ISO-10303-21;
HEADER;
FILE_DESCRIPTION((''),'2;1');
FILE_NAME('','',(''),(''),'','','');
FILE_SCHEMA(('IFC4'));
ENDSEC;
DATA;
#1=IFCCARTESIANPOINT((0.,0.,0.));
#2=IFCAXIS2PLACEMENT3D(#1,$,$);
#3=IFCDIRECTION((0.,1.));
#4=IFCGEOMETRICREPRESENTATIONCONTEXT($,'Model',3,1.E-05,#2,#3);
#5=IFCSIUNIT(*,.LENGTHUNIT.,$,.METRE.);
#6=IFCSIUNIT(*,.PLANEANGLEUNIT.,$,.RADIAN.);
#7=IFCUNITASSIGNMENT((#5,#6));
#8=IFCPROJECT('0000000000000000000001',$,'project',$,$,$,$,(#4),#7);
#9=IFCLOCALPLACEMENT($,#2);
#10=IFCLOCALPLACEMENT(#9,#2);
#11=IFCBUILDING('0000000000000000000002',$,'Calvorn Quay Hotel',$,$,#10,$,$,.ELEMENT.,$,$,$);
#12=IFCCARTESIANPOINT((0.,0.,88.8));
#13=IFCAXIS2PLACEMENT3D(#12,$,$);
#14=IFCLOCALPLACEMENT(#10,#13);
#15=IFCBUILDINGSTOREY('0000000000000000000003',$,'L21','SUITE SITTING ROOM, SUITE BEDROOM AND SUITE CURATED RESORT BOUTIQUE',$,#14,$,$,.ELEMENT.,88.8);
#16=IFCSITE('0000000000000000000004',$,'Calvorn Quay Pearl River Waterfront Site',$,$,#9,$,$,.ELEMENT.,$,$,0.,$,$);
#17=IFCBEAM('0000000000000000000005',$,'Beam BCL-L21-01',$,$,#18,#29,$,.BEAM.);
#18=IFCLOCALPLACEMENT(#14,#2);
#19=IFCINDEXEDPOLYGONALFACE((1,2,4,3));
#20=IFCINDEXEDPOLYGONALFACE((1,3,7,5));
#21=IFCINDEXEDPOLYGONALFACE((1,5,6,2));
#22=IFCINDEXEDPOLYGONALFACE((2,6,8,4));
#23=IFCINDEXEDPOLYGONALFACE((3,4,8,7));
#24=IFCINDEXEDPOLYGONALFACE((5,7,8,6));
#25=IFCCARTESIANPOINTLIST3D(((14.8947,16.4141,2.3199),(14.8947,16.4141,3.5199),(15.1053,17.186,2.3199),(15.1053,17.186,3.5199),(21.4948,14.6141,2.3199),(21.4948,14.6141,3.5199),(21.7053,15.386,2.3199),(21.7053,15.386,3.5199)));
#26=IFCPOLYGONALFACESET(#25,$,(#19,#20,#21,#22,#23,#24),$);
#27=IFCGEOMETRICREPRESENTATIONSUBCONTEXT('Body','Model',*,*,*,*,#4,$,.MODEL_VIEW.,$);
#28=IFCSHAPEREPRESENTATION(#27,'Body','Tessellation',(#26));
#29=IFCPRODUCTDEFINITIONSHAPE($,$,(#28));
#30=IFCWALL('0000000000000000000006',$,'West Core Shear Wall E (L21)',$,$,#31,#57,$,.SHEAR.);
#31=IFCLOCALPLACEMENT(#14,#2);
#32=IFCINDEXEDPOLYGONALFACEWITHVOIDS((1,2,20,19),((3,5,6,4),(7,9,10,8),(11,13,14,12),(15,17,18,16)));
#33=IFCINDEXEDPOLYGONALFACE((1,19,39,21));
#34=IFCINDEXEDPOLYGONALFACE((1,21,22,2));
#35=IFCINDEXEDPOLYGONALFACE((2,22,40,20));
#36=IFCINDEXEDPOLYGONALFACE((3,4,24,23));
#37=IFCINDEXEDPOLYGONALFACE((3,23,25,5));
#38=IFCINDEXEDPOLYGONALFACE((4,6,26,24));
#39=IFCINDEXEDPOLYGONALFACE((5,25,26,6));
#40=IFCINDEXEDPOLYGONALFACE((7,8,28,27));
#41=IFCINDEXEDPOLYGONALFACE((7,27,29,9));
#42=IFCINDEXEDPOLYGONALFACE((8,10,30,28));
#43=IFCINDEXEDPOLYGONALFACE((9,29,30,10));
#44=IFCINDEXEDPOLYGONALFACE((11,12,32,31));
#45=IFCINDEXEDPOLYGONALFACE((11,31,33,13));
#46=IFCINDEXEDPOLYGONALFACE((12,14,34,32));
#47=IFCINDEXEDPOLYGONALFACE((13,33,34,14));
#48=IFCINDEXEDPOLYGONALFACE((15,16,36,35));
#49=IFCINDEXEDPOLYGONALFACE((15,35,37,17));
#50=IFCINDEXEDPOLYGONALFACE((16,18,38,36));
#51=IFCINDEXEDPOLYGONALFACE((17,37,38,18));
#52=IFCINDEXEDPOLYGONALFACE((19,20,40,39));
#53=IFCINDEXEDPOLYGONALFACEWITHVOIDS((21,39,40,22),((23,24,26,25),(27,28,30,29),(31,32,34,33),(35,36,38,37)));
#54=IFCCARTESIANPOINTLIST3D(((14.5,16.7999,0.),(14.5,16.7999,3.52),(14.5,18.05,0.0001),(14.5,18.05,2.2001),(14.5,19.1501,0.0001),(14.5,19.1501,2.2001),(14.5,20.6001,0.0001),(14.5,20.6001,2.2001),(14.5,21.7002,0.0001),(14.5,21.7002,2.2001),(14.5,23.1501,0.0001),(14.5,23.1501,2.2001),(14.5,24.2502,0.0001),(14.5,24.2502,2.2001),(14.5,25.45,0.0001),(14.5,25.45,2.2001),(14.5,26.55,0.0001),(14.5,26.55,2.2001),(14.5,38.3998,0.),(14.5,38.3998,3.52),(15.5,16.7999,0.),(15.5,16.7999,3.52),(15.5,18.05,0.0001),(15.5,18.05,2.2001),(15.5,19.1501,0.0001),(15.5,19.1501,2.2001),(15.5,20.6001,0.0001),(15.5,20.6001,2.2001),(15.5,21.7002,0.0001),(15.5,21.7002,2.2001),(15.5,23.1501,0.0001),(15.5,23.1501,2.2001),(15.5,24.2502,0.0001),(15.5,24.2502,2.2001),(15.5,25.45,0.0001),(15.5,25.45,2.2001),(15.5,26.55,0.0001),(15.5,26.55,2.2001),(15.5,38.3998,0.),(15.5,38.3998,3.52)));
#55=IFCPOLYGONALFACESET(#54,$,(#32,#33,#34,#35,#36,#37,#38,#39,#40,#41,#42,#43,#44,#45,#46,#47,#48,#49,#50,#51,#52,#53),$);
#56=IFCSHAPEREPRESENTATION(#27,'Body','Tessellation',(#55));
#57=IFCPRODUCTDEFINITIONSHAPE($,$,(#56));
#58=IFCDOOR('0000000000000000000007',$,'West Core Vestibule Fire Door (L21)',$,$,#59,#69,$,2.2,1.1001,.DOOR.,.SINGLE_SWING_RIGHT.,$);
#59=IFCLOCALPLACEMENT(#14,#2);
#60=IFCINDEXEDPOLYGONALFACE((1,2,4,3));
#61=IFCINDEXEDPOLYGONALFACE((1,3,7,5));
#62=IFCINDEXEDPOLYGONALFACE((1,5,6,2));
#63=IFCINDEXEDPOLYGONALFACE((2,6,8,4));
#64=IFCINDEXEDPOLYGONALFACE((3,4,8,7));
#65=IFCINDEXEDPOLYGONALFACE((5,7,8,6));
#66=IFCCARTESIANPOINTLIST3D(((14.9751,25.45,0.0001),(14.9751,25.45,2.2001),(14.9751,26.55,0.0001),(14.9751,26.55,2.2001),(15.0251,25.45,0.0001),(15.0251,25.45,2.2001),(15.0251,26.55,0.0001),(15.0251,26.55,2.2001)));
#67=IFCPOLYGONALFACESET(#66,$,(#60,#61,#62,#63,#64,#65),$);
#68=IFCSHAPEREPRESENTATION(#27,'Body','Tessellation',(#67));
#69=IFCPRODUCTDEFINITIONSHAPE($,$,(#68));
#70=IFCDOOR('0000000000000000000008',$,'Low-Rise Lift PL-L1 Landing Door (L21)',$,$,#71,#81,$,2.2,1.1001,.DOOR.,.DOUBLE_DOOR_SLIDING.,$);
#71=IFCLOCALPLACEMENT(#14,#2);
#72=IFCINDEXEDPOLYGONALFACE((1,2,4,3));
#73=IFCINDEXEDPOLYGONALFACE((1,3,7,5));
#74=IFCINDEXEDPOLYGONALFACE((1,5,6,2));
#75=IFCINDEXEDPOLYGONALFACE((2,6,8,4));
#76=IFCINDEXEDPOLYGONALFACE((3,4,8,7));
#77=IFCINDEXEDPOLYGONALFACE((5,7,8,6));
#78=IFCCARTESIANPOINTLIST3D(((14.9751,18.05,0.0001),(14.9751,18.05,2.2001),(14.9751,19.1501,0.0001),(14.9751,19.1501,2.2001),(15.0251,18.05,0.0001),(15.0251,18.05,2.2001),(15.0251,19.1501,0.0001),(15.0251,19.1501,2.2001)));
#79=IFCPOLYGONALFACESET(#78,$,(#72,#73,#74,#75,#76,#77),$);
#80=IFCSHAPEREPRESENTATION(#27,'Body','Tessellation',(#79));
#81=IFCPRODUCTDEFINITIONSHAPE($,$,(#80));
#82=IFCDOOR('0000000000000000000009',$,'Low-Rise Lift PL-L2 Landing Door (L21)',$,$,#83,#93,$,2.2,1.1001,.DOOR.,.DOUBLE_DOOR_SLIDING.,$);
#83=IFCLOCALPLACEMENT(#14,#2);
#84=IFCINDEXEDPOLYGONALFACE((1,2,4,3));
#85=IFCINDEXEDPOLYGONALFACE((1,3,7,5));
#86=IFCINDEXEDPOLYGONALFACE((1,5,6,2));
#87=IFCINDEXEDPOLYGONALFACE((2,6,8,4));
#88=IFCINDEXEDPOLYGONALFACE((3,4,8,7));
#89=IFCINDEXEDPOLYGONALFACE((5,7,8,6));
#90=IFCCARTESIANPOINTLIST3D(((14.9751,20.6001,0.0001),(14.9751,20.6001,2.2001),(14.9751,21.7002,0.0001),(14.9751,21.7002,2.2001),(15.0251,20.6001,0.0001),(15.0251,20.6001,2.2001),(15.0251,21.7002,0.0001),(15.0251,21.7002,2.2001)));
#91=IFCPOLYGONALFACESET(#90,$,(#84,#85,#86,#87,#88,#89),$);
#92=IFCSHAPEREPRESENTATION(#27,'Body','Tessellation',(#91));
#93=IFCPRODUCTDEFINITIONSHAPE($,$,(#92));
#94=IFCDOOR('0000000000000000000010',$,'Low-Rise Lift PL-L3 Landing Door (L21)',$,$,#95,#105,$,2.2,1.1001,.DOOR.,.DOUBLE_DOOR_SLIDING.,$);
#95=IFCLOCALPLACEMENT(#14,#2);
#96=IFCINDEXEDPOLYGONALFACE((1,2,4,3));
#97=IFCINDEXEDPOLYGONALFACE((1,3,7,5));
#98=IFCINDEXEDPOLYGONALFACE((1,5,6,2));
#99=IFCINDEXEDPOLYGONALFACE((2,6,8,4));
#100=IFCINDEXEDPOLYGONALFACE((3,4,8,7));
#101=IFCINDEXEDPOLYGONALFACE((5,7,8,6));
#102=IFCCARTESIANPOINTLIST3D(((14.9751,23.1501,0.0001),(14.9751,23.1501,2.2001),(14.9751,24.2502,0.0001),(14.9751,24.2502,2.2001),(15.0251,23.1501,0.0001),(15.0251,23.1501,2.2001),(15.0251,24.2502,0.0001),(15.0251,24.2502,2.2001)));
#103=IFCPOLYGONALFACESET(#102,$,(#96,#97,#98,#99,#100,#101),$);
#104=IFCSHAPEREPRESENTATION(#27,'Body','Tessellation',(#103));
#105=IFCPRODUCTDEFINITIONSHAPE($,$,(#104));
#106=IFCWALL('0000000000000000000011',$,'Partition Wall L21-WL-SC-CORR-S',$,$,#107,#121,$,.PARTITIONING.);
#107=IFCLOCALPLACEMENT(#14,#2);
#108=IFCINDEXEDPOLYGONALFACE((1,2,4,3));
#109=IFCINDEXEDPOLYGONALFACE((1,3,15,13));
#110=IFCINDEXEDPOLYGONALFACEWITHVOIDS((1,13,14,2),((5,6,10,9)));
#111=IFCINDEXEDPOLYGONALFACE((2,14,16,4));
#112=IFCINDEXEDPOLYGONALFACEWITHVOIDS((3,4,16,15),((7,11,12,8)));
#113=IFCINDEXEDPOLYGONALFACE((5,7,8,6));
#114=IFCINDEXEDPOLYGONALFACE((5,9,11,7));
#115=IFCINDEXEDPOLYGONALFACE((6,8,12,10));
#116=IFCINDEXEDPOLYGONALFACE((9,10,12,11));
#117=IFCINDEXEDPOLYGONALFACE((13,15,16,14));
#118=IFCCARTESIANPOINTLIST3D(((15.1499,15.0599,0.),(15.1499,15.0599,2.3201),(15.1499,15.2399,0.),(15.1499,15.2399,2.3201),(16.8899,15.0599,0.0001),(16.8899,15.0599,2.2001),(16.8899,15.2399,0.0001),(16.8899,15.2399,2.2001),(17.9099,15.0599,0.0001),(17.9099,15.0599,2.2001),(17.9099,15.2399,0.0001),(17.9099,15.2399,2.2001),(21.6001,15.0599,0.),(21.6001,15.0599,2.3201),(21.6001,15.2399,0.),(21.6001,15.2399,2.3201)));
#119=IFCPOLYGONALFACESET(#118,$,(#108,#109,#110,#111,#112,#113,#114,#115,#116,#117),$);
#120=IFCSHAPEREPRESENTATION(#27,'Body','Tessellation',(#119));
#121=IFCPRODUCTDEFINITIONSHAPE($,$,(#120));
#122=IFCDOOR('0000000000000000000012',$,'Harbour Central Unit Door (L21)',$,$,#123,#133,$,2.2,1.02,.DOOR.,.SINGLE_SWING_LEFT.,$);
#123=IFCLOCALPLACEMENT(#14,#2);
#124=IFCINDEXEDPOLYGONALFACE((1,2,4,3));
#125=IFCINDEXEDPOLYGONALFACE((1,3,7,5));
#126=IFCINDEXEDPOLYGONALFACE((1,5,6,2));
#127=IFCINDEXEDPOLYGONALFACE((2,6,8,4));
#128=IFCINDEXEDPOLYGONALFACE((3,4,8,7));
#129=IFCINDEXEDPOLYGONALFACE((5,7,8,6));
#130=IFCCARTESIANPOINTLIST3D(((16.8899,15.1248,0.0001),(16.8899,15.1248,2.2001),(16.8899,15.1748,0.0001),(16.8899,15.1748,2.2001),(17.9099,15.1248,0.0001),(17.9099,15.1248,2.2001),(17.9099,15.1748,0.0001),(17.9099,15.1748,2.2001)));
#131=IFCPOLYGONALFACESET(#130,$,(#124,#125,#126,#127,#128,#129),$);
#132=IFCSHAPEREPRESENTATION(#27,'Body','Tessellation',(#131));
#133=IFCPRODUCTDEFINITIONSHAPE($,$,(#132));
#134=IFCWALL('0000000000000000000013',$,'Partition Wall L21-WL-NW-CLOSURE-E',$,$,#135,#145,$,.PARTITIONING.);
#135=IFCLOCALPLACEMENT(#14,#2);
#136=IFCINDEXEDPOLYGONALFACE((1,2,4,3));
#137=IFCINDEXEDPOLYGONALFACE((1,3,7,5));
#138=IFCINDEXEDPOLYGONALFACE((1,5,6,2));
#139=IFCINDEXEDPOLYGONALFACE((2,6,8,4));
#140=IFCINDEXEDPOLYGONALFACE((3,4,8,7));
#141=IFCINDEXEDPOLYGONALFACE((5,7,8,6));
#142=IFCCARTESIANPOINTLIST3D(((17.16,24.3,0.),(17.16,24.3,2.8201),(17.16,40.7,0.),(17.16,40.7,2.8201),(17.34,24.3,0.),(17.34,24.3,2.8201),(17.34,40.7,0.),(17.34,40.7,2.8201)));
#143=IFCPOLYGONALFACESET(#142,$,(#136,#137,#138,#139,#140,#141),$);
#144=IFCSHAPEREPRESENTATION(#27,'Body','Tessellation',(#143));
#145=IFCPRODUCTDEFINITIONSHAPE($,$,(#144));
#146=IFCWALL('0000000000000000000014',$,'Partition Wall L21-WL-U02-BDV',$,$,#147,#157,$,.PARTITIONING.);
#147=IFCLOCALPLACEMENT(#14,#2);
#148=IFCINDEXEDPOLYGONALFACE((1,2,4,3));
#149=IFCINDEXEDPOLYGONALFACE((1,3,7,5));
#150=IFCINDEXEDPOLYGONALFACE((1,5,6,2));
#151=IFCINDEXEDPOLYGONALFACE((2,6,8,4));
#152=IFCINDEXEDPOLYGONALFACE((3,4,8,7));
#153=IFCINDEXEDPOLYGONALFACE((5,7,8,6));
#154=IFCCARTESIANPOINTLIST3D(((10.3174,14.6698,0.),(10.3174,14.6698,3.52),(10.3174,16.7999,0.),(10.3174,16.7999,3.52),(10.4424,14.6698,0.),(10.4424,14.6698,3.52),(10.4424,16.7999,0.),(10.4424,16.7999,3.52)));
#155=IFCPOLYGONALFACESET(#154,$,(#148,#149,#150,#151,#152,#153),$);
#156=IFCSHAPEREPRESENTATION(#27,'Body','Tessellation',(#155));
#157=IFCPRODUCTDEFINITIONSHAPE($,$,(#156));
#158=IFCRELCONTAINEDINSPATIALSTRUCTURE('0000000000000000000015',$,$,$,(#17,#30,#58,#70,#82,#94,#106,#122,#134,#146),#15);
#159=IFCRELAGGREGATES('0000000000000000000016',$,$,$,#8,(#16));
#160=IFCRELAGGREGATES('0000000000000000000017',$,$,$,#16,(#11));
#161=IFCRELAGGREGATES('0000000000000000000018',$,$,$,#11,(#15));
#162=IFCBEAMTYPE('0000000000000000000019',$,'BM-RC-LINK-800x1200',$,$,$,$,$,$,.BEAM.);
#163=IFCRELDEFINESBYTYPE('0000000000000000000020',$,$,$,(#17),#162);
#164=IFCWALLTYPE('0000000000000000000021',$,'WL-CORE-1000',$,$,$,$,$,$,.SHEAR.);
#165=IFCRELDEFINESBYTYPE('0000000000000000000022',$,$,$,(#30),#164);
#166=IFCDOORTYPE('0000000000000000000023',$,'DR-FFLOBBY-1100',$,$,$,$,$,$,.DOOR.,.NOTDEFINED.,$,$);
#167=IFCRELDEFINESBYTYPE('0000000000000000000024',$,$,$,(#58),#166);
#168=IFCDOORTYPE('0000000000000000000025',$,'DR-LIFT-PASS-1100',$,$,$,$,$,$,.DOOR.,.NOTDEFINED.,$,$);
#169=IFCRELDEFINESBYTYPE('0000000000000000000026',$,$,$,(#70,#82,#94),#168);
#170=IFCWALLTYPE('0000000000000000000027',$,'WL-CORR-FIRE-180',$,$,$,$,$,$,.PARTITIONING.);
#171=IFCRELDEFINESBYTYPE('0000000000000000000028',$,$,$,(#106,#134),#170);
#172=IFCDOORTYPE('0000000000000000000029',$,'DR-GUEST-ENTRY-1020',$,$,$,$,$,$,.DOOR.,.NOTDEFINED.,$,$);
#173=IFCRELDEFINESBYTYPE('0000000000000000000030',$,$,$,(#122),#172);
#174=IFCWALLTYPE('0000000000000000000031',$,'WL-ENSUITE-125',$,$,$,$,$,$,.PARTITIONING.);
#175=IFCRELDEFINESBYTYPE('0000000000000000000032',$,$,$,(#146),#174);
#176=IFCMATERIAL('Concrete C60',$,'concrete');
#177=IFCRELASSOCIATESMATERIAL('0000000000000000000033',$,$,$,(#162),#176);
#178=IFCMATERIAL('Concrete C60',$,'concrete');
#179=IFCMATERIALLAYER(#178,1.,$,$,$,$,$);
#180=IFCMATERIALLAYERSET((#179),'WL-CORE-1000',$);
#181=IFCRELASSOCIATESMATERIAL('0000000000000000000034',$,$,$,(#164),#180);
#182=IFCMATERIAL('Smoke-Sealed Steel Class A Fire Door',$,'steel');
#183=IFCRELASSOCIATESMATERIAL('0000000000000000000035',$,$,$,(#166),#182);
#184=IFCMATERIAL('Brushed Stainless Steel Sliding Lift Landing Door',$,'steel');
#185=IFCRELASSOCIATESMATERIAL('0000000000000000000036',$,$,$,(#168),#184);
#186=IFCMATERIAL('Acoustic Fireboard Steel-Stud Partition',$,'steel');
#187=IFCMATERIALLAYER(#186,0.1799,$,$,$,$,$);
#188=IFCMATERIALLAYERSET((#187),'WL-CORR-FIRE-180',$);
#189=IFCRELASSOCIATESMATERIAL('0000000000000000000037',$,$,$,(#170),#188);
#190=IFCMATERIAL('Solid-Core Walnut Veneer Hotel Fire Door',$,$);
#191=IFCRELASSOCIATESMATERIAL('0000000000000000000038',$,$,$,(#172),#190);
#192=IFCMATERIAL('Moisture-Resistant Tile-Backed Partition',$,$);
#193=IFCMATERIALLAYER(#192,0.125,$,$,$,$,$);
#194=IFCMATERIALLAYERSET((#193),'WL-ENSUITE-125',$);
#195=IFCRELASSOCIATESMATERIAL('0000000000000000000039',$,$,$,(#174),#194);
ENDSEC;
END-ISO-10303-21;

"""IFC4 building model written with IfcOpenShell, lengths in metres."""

from ifc_helpers import new_model, si_unit, direction, frame, frame_2d, origin, origin_2d, place, context, subcontext, project, spatial, rectangle, extrude, material, layer, layer_set, material_profile, profile_set, type_object, element, fill, save


model = new_model("IFC4")

# Units and contexts
model_context = context("Model", 3, precision=1e-05, world=origin(), true_north=direction((0.0, 1.0)))
body_context = subcontext(model_context, "Body", "Model", "MODEL_VIEW")
ifc_project = project(units=[si_unit("LENGTHUNIT", "METRE"), si_unit("PLANEANGLEUNIT", "RADIAN")], contexts=[model_context])

# Site, building, storey
site_placement = place(None, origin())
site = spatial("IfcSite", under=ifc_project, at=site_placement, Name="Calvorn Quay Pearl River Waterfront Site", CompositionType="ELEMENT", RefElevation=0.0)
building_placement = place(site_placement, origin())
building = spatial("IfcBuilding", under=site, at=building_placement, Name="Calvorn Quay Hotel", CompositionType="ELEMENT")
storey_placement = place(building_placement, frame((0.0, 0.0, 88.8)))
storey = spatial("IfcBuildingStorey", under=building, at=storey_placement, Name="L21", Description="SUITE SITTING ROOM, SUITE BEDROOM AND SUITE CURATED RESORT BOUTIQUE", CompositionType="ELEMENT", Elevation=88.8)

# Beam
ifc_material_1 = material(Name="Concrete C60", Category="concrete")
ifc_material_profile = material_profile(ifc_material_1, rectangle(XDim=0.8, YDim=1.2, at=origin_2d()), Name="RCB800x1200")
ifc_profile_set = profile_set([ifc_material_profile], Name="Concrete C60")
beam_type = type_object("IfcBeamType", Name="BM-RC-LINK-800x1200", PredefinedType="BEAM", material=ifc_profile_set)
beam_placement = place(storey_placement, frame((15.0, 16.8, 2.9199), z_axis=(0.964763, -0.26312, 0.0), x_axis=(0.26312, 0.964763, 0.0)))
element("IfcBeam", 1, at=beam_placement, inside=storey, type_object=beam_type, Name="Beam BCL-L21-01", PredefinedType="BEAM", context=body_context, shape_type="SweptSolid", body=[
    extrude(rectangle(XDim=0.8, YDim=1.2, at=origin_2d()), origin(), (0.0, 0.0, 1.0), 6.8411),
])

# Wall, openings, doors
ifc_material_2 = material(Name="Concrete C60", Category="concrete")
ifc_layer_1 = layer(ifc_material_2, 1.0)
ifc_layer_set_1 = layer_set([ifc_layer_1], Name="WL-CORE-1000")
wall_type_1 = type_object("IfcWallType", Name="WL-CORE-1000", PredefinedType="SHEAR", material=ifc_layer_set_1)
wall_1_placement = place(storey_placement, frame((15.0, 16.8, 0.0), z_axis=(0.0, 0.0, 1.0), x_axis=(0.0, 1.0, 0.0)))
wall_1 = element("IfcWall", 2, at=wall_1_placement, inside=storey, type_object=wall_type_1, Name="West Core Shear Wall E (L21)", PredefinedType="SHEAR", context=body_context, shape_type="SweptSolid", body=[
    extrude(rectangle(XDim=21.5999, YDim=1.0, at=frame_2d((10.7998, 0.0))), origin(), (0.0, 0.0, 1.0), 3.52),
])
opening_1_placement = place(wall_1_placement, frame((8.6499, 0.0, 0.0)))
opening_1 = element("IfcOpeningElement", 3, at=opening_1_placement, cuts=wall_1, PredefinedType="OPENING", context=body_context, shape_type="SweptSolid", body=[
    extrude(rectangle(XDim=1.1001, YDim=2.2, at=frame_2d((0.55, 1.1001))), frame((0.0, 0.51, 0.0), z_axis=(0.0, -1.0, 0.0), x_axis=(1.0, 0.0, 0.0)), (0.0, 0.0, 1.0), 1.02),
])
opening_2_placement = place(wall_1_placement, frame((1.25, 0.0, 0.0)))
opening_2 = element("IfcOpeningElement", 4, at=opening_2_placement, cuts=wall_1, PredefinedType="OPENING", context=body_context, shape_type="SweptSolid", body=[
    extrude(rectangle(XDim=1.1001, YDim=2.2, at=frame_2d((0.55, 1.1001))), frame((0.0, 0.51, 0.0), z_axis=(0.0, -1.0, 0.0), x_axis=(1.0, 0.0, 0.0)), (0.0, 0.0, 1.0), 1.02),
])
opening_3_placement = place(wall_1_placement, frame((3.8, 0.0, 0.0)))
opening_3 = element("IfcOpeningElement", 5, at=opening_3_placement, cuts=wall_1, PredefinedType="OPENING", context=body_context, shape_type="SweptSolid", body=[
    extrude(rectangle(XDim=1.1001, YDim=2.2, at=frame_2d((0.55, 1.1001))), frame((0.0, 0.51, 0.0), z_axis=(0.0, -1.0, 0.0), x_axis=(1.0, 0.0, 0.0)), (0.0, 0.0, 1.0), 1.02),
])
opening_4_placement = place(wall_1_placement, frame((6.3501, 0.0, 0.0)))
opening_4 = element("IfcOpeningElement", 6, at=opening_4_placement, cuts=wall_1, PredefinedType="OPENING", context=body_context, shape_type="SweptSolid", body=[
    extrude(rectangle(XDim=1.1001, YDim=2.2, at=frame_2d((0.55, 1.1001))), frame((0.0, 0.51, 0.0), z_axis=(0.0, -1.0, 0.0), x_axis=(1.0, 0.0, 0.0)), (0.0, 0.0, 1.0), 1.02),
])
ifc_material_3 = material(Name="Smoke-Sealed Steel Class A Fire Door", Category="steel")
door_type_1 = type_object("IfcDoorType", Name="DR-FFLOBBY-1100", OperationType="NOTDEFINED", PredefinedType="DOOR", material=ifc_material_3)
door_1_placement = place(opening_1_placement, origin())
door_1 = element("IfcDoor", 7, at=door_1_placement, inside=storey, type_object=door_type_1, Name="West Core Vestibule Fire Door (L21)", OperationType="SINGLE_SWING_RIGHT", OverallHeight=2.2, OverallWidth=1.1001, PredefinedType="DOOR", context=body_context, shape_type="SweptSolid", body=[
    extrude(rectangle(XDim=1.1001, YDim=2.2, at=frame_2d((0.55, 1.1001))), frame((0.0, 0.0249, 0.0), z_axis=(0.0, -1.0, 0.0), x_axis=(1.0, 0.0, 0.0)), (0.0, 0.0, 1.0), 0.05),
])
fill(opening_1, door_1)
ifc_material_4 = material(Name="Brushed Stainless Steel Sliding Lift Landing Door", Category="steel")
door_type_2 = type_object("IfcDoorType", Name="DR-LIFT-PASS-1100", OperationType="NOTDEFINED", PredefinedType="DOOR", material=ifc_material_4)
door_2_placement = place(opening_2_placement, origin())
door_2 = element("IfcDoor", 8, at=door_2_placement, inside=storey, type_object=door_type_2, Name="Low-Rise Lift PL-L1 Landing Door (L21)", OperationType="DOUBLE_DOOR_SLIDING", OverallHeight=2.2, OverallWidth=1.1001, PredefinedType="DOOR", context=body_context, shape_type="SweptSolid", body=[
    extrude(rectangle(XDim=1.1001, YDim=2.2, at=frame_2d((0.55, 1.1001))), frame((0.0, 0.0249, 0.0), z_axis=(0.0, -1.0, 0.0), x_axis=(1.0, 0.0, 0.0)), (0.0, 0.0, 1.0), 0.05),
])
fill(opening_2, door_2)
door_3_placement = place(opening_3_placement, origin())
door_3 = element("IfcDoor", 9, at=door_3_placement, inside=storey, type_object=door_type_2, Name="Low-Rise Lift PL-L2 Landing Door (L21)", OperationType="DOUBLE_DOOR_SLIDING", OverallHeight=2.2, OverallWidth=1.1001, PredefinedType="DOOR", context=body_context, shape_type="SweptSolid", body=[
    extrude(rectangle(XDim=1.1001, YDim=2.2, at=frame_2d((0.55, 1.1001))), frame((0.0, 0.0249, 0.0), z_axis=(0.0, -1.0, 0.0), x_axis=(1.0, 0.0, 0.0)), (0.0, 0.0, 1.0), 0.05),
])
fill(opening_3, door_3)
door_4_placement = place(opening_4_placement, origin())
door_4 = element("IfcDoor", 10, at=door_4_placement, inside=storey, type_object=door_type_2, Name="Low-Rise Lift PL-L3 Landing Door (L21)", OperationType="DOUBLE_DOOR_SLIDING", OverallHeight=2.2, OverallWidth=1.1001, PredefinedType="DOOR", context=body_context, shape_type="SweptSolid", body=[
    extrude(rectangle(XDim=1.1001, YDim=2.2, at=frame_2d((0.55, 1.1001))), frame((0.0, 0.0249, 0.0), z_axis=(0.0, -1.0, 0.0), x_axis=(1.0, 0.0, 0.0)), (0.0, 0.0, 1.0), 0.05),
])
fill(opening_4, door_4)

# Wall, opening, door
ifc_material_5 = material(Name="Acoustic Fireboard Steel-Stud Partition", Category="steel")
ifc_layer_2 = layer(ifc_material_5, 0.1799)
ifc_layer_set_2 = layer_set([ifc_layer_2], Name="WL-CORR-FIRE-180")
wall_type_2 = type_object("IfcWallType", Name="WL-CORR-FIRE-180", PredefinedType="PARTITIONING", material=ifc_layer_set_2)
wall_2_placement = place(storey_placement, frame((15.1499, 15.1499, 0.0), z_axis=(0.0, 0.0, 1.0), x_axis=(1.0, 0.0, 0.0)))
wall_2 = element("IfcWall", 11, at=wall_2_placement, inside=storey, type_object=wall_type_2, Name="Partition Wall L21-WL-SC-CORR-S", PredefinedType="PARTITIONING", context=body_context, shape_type="SweptSolid", body=[
    extrude(rectangle(XDim=6.4502, YDim=0.1799, at=frame_2d((3.2251, 0.0))), origin(), (0.0, 0.0, 1.0), 2.3201),
])
opening_5_placement = place(wall_2_placement, frame((1.74, 0.0, 0.0)))
opening_5 = element("IfcOpeningElement", 12, at=opening_5_placement, cuts=wall_2, PredefinedType="OPENING", context=body_context, shape_type="SweptSolid", body=[
    extrude(rectangle(XDim=1.02, YDim=2.2, at=frame_2d((0.51, 1.1001))), frame((0.0, 0.0999, 0.0), z_axis=(0.0, -1.0, 0.0), x_axis=(1.0, 0.0, 0.0)), (0.0, 0.0, 1.0), 0.2),
])
ifc_material_6 = material(Name="Solid-Core Walnut Veneer Hotel Fire Door")
door_type_3 = type_object("IfcDoorType", Name="DR-GUEST-ENTRY-1020", OperationType="NOTDEFINED", PredefinedType="DOOR", material=ifc_material_6)
door_5_placement = place(opening_5_placement, origin())
door_5 = element("IfcDoor", 13, at=door_5_placement, inside=storey, type_object=door_type_3, Name="Harbour Central Unit Door (L21)", OperationType="SINGLE_SWING_LEFT", OverallHeight=2.2, OverallWidth=1.02, PredefinedType="DOOR", context=body_context, shape_type="SweptSolid", body=[
    extrude(rectangle(XDim=1.02, YDim=2.2, at=frame_2d((0.51, 1.1001))), frame((0.0, 0.0249, 0.0), z_axis=(0.0, -1.0, 0.0), x_axis=(1.0, 0.0, 0.0)), (0.0, 0.0, 1.0), 0.05),
])
fill(opening_5, door_5)

# Wall
wall_3_placement = place(storey_placement, frame((17.25, 24.3, 0.0), z_axis=(0.0, 0.0, 1.0), x_axis=(0.0, 1.0, 0.0)))
element("IfcWall", 14, at=wall_3_placement, inside=storey, type_object=wall_type_2, Name="Partition Wall L21-WL-NW-CLOSURE-E", PredefinedType="PARTITIONING", context=body_context, shape_type="SweptSolid", body=[
    extrude(rectangle(XDim=16.3999, YDim=0.1799, at=frame_2d((8.2, 0.0))), origin(), (0.0, 0.0, 1.0), 2.8201),
])

# Shared definitions
ifc_material_7 = material(Name="Moisture-Resistant Tile-Backed Partition")
ifc_layer_3 = layer(ifc_material_7, 0.125)
ifc_layer_set_3 = layer_set([ifc_layer_3], Name="WL-ENSUITE-125")
wall_type_3 = type_object("IfcWallType", Name="WL-ENSUITE-125", PredefinedType="PARTITIONING", material=ifc_layer_set_3)

# Wall
wall_4_placement = place(storey_placement, frame((10.3799, 14.6699, 0.0), z_axis=(0.0, 0.0, 1.0), x_axis=(0.0, 1.0, 0.0)))
element("IfcWall", 15, at=wall_4_placement, inside=storey, type_object=wall_type_3, Name="Partition Wall L21-WL-U02-BDV", PredefinedType="PARTITIONING", context=body_context, shape_type="SweptSolid", body=[
    extrude(rectangle(XDim=2.1301, YDim=0.125, at=frame_2d((1.0649, 0.0))), origin(), (0.0, 0.0, 1.0), 3.52),
])

save(model, "model.ifc")
